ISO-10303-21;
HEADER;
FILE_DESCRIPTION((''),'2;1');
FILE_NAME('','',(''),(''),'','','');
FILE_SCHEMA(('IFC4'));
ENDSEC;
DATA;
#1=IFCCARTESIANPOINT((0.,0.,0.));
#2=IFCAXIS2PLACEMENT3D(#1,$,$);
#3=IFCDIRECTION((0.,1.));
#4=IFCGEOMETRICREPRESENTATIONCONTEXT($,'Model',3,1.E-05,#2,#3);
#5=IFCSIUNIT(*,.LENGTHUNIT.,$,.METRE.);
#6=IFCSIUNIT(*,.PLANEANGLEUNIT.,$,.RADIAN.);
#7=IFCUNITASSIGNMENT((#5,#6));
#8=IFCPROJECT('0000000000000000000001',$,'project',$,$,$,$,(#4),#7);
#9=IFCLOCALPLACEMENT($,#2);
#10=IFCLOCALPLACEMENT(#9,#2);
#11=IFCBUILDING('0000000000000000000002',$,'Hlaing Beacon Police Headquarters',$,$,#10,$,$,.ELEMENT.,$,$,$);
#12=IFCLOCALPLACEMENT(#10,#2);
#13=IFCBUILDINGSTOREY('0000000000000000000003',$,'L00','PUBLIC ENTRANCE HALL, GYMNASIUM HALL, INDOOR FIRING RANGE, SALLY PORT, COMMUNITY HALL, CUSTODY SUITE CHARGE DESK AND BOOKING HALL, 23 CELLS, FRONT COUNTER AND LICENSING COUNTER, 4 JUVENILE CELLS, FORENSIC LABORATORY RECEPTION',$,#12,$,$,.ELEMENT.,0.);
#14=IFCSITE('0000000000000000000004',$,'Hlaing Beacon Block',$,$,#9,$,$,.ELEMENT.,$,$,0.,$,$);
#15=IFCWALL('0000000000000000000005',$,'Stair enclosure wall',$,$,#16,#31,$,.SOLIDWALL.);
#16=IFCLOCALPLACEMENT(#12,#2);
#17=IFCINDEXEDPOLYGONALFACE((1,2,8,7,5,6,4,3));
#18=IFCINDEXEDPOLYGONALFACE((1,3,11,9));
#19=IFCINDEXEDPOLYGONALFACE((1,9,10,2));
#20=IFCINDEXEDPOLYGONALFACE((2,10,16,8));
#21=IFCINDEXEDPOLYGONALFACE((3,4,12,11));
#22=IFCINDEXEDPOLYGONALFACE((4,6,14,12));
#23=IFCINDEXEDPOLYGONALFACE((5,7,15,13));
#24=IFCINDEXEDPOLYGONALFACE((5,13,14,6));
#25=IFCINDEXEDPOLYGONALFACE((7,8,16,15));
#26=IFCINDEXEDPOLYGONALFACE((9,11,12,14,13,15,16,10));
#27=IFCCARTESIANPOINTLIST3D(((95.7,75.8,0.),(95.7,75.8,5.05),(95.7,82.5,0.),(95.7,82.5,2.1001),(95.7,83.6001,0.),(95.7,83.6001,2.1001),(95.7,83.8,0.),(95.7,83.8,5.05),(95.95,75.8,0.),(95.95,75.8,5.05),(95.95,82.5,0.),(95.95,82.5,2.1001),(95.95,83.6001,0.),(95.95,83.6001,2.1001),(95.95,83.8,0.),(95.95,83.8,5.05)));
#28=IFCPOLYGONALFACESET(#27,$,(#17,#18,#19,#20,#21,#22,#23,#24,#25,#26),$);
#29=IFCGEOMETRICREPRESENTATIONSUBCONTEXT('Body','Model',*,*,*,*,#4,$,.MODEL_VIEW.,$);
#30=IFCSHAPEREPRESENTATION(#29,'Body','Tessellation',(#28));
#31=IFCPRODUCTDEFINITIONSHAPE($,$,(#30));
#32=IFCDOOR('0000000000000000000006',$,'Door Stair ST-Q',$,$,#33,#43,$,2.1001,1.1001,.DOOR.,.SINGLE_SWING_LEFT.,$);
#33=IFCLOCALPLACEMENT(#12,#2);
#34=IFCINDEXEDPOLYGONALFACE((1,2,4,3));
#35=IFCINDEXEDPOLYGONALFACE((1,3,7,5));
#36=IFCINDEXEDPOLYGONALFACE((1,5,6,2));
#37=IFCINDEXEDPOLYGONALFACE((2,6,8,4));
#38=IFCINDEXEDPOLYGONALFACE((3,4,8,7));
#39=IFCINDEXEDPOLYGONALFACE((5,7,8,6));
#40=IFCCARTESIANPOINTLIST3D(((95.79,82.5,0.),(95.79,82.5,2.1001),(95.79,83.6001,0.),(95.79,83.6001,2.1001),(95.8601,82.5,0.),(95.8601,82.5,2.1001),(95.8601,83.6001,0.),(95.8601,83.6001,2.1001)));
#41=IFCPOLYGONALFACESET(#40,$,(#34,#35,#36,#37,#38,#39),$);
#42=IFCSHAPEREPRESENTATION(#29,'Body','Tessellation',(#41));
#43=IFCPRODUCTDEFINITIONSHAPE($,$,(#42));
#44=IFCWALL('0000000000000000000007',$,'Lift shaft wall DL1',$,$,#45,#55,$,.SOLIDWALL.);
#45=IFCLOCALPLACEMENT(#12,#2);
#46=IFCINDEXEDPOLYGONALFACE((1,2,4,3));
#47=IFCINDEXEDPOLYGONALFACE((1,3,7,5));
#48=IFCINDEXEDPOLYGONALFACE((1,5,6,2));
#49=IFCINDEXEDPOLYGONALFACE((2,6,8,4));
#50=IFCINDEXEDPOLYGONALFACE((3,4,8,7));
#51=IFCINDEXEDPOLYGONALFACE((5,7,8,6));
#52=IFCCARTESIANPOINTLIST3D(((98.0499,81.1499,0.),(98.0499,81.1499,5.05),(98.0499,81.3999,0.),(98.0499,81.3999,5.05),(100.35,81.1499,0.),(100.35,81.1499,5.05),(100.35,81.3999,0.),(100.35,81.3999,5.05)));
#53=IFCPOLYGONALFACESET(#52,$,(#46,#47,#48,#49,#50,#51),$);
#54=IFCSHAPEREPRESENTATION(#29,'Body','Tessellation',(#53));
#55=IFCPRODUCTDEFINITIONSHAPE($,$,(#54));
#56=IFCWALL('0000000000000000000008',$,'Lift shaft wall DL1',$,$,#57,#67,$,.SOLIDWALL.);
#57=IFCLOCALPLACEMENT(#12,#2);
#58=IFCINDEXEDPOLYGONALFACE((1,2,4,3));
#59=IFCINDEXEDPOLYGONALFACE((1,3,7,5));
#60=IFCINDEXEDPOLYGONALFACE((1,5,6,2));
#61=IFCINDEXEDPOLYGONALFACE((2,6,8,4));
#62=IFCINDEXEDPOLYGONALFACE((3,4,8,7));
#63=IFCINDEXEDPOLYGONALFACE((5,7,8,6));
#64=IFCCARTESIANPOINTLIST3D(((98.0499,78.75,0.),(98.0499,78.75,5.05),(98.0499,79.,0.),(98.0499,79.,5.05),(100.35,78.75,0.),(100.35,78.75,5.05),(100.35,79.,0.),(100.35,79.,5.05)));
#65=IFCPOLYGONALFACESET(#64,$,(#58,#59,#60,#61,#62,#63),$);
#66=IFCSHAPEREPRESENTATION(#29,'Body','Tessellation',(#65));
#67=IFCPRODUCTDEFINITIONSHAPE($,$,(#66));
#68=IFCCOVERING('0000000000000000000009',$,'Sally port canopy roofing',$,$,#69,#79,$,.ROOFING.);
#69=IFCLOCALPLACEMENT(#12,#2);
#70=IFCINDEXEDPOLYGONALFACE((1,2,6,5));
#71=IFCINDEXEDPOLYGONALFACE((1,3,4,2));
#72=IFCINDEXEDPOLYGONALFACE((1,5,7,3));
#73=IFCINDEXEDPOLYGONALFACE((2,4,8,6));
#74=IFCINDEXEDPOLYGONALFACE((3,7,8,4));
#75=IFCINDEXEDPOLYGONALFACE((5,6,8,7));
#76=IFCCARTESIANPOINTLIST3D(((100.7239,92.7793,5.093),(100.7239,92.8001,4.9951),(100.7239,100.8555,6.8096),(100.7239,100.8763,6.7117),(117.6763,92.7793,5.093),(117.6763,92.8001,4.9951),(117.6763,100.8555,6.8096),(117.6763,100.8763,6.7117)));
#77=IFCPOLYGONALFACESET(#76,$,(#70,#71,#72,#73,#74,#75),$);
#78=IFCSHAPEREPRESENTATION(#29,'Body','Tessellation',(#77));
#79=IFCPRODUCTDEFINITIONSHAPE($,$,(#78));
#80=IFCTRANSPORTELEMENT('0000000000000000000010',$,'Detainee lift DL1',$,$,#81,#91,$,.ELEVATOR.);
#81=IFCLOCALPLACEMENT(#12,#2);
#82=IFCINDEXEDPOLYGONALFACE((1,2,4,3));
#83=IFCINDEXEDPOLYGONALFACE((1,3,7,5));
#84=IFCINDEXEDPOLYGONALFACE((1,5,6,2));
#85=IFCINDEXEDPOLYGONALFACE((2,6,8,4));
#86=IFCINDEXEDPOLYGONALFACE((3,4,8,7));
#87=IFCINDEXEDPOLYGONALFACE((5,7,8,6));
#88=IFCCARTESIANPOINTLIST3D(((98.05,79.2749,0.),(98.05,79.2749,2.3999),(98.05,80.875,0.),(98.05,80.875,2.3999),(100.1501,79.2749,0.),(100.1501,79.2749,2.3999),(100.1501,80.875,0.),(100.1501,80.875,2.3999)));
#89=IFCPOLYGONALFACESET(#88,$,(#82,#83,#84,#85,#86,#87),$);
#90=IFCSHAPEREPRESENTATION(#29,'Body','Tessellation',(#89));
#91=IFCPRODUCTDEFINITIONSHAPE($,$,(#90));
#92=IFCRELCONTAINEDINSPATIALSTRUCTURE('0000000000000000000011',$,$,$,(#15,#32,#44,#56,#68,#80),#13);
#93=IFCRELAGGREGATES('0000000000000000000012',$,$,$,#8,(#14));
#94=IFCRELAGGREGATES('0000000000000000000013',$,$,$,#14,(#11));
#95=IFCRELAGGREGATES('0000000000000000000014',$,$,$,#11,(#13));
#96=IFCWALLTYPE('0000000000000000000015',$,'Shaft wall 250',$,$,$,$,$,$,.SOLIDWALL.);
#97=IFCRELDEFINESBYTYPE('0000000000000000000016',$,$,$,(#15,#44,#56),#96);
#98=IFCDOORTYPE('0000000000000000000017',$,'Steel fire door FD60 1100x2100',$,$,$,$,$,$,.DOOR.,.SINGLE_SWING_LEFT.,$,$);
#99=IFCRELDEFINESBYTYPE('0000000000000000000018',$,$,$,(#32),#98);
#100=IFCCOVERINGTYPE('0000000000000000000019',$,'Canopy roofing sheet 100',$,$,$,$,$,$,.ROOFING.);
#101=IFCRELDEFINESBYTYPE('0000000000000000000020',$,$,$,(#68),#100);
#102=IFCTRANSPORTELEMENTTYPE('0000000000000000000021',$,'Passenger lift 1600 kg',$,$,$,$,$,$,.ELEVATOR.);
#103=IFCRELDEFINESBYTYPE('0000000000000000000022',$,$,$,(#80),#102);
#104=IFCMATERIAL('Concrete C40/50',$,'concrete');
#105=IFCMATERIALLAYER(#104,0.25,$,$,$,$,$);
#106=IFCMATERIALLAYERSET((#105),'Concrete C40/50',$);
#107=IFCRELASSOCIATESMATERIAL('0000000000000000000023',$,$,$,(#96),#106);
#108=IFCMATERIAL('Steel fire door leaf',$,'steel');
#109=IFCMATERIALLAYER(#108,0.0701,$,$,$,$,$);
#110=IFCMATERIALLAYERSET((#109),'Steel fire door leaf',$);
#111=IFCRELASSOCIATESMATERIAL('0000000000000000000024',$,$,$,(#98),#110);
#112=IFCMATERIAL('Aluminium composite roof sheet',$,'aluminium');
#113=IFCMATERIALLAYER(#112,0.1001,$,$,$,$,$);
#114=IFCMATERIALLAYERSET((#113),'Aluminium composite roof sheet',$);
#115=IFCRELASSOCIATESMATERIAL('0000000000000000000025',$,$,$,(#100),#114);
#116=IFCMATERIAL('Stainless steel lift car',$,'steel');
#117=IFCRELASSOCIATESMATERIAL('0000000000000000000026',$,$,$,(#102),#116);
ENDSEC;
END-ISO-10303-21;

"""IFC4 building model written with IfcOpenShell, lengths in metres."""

from ifc_helpers import new_model, si_unit, direction, frame, frame_2d, origin, origin_2d, place, context, subcontext, project, spatial, polyline, rectangle, outline, extrude, material, layer, layer_set, type_object, element, fill, save


model = new_model("IFC4")

# Units and contexts
model_context = context("Model", 3, precision=1e-05, world=origin(), true_north=direction((0.0, 1.0)))
body_context = subcontext(model_context, "Body", "Model", "MODEL_VIEW")
ifc_project = project(units=[si_unit("LENGTHUNIT", "METRE"), si_unit("PLANEANGLEUNIT", "RADIAN")], contexts=[model_context])

# Site, building, storey
site_placement = place(None, origin())
site = spatial("IfcSite", under=ifc_project, at=site_placement, Name="Hlaing Beacon Block", CompositionType="ELEMENT", RefElevation=0.0)
building_placement = place(site_placement, origin())
building = spatial("IfcBuilding", under=site, at=building_placement, Name="Hlaing Beacon Police Headquarters", CompositionType="ELEMENT")
storey_placement = place(building_placement, origin())
storey = spatial("IfcBuildingStorey", under=building, at=storey_placement, Name="L00", Description="PUBLIC ENTRANCE HALL, GYMNASIUM HALL, INDOOR FIRING RANGE, SALLY PORT, COMMUNITY HALL, CUSTODY SUITE CHARGE DESK AND BOOKING HALL, 23 CELLS, FRONT COUNTER AND LICENSING COUNTER, 4 JUVENILE CELLS, FORENSIC LABORATORY RECEPTION", CompositionType="ELEMENT", Elevation=0.0)

# Wall, opening, door
ifc_material_1 = material(Name="Concrete C40/50", Category="concrete")
ifc_layer_1 = layer(ifc_material_1, 0.25)
ifc_layer_set_1 = layer_set([ifc_layer_1], Name="Concrete C40/50")
wall_type_1 = type_object("IfcWallType", Name="Shaft wall 250", PredefinedType="SOLIDWALL", material=ifc_layer_set_1)
wall_1_placement = place(storey_placement, frame((95.825, 83.8, 0.0), z_axis=(0.0, 0.0, 1.0), x_axis=(0.0, -1.0, 0.0)))
wall_1 = element("IfcWall", 1, at=wall_1_placement, inside=storey, type_object=wall_type_1, Name="Stair enclosure wall", PredefinedType="SOLIDWALL", context=body_context, shape_type="SweptSolid", body=[
    extrude(rectangle(XDim=8.0, YDim=0.25, at=frame_2d((4.0, 0.0))), origin(), (0.0, 0.0, 1.0), 5.05),
])
opening_1_placement = place(wall_1_placement, frame((0.2, 0.0, 0.0)))
opening_1 = element("IfcOpeningElement", 2, at=opening_1_placement, cuts=wall_1, PredefinedType="OPENING", context=body_context, shape_type="SweptSolid", body=[
    extrude(rectangle(XDim=1.1001, YDim=2.1001, at=frame_2d((0.55, 1.05))), frame((0.0, 0.135, 0.0), z_axis=(0.0, -1.0, 0.0), x_axis=(1.0, 0.0, 0.0)), (0.0, 0.0, 1.0), 0.27),
])
ifc_material_2 = material(Name="Steel fire door leaf", Category="steel")
ifc_layer_2 = layer(ifc_material_2, 0.0701)
ifc_layer_set_2 = layer_set([ifc_layer_2], Name="Steel fire door leaf")
door_type_1 = type_object("IfcDoorType", Name="Steel fire door FD60 1100x2100", OperationType="SINGLE_SWING_LEFT", PredefinedType="DOOR", material=ifc_layer_set_2)
door_1_placement = place(opening_1_placement, frame((1.1001, 0.0, 0.0), z_axis=(0.0, 0.0, 1.0), x_axis=(-1.0, 0.0, 0.0)))
door_1 = element("IfcDoor", 3, at=door_1_placement, inside=storey, type_object=door_type_1, Name="Door Stair ST-Q", OperationType="SINGLE_SWING_LEFT", OverallHeight=2.1001, OverallWidth=1.1001, PredefinedType="DOOR", context=body_context, shape_type="SweptSolid", body=[
    extrude(rectangle(XDim=1.1001, YDim=2.1001, at=frame_2d((0.55, 1.05))), frame((0.0, 0.0349, 0.0), z_axis=(0.0, -1.0, 0.0), x_axis=(1.0, 0.0, 0.0)), (0.0, 0.0, 1.0), 0.0701),
])
fill(opening_1, door_1)

# Walls
for number, where, z_axis, x_axis, name in (
    (4, (98.05, 81.2749, 0.0), (0.0, 0.0, 1.0), (1.0, 0.0, 0.0), "Lift shaft wall DL1"),
    (5, (98.05, 78.875, 0.0), (0.0, 0.0, 1.0), (1.0, 0.0, 0.0), "Lift shaft wall DL1"),
):
    element("IfcWall", number, at=place(storey_placement, frame(where, z_axis=z_axis, x_axis=x_axis)), inside=storey, type_object=wall_type_1, Name=name, PredefinedType="SOLIDWALL", context=body_context, shape_type="SweptSolid", body=[
        extrude(rectangle(XDim=2.3, YDim=0.25, at=frame_2d((1.1499, 0.0))), origin(), (0.0, 0.0, 1.0), 5.05),
    ])

# Covering
ifc_material_3 = material(Name="Aluminium composite roof sheet", Category="aluminium")
ifc_layer_3 = layer(ifc_material_3, 0.1001)
ifc_layer_set_3 = layer_set([ifc_layer_3], Name="Aluminium composite roof sheet")
covering_type = type_object("IfcCoveringType", Name="Canopy roofing sheet 100", PredefinedType="ROOFING", material=ifc_layer_set_3)
covering_placement = place(storey_placement, frame((100.7239, 92.7793, 5.093), z_axis=(0.0, -0.207901, 0.97815), x_axis=(0.0, 0.97815, 0.207901)))
element("IfcCovering", 6, at=covering_placement, inside=storey, type_object=covering_type, Name="Sally port canopy roofing", PredefinedType="ROOFING", context=body_context, shape_type="SweptSolid", body=[
    extrude(outline(polyline([(0.0, 0.0), (8.2566, 0.0), (8.2566, -16.9524), (0.0, -16.9524), (0.0, 0.0)])), origin(), (0.0, 0.0, -1.0), 0.1001),
])

# Transport element
ifc_material_4 = material(Name="Stainless steel lift car", Category="steel")
transport_element_type = type_object("IfcTransportElementType", Name="Passenger lift 1600 kg", PredefinedType="ELEVATOR", material=ifc_material_4)
transport_element_placement = place(storey_placement, frame((99.1001, 80.075, 0.0), z_axis=(0.0, 0.0, 1.0), x_axis=(1.0, 0.0, 0.0)))
element("IfcTransportElement", 7, at=transport_element_placement, inside=storey, type_object=transport_element_type, Name="Detainee lift DL1", PredefinedType="ELEVATOR", context=body_context, shape_type="SweptSolid", body=[
    extrude(rectangle(XDim=2.1001, YDim=1.6001, at=origin_2d()), origin(), (0.0, 0.0, 1.0), 2.3999),
])

save(model, "model.ifc")
